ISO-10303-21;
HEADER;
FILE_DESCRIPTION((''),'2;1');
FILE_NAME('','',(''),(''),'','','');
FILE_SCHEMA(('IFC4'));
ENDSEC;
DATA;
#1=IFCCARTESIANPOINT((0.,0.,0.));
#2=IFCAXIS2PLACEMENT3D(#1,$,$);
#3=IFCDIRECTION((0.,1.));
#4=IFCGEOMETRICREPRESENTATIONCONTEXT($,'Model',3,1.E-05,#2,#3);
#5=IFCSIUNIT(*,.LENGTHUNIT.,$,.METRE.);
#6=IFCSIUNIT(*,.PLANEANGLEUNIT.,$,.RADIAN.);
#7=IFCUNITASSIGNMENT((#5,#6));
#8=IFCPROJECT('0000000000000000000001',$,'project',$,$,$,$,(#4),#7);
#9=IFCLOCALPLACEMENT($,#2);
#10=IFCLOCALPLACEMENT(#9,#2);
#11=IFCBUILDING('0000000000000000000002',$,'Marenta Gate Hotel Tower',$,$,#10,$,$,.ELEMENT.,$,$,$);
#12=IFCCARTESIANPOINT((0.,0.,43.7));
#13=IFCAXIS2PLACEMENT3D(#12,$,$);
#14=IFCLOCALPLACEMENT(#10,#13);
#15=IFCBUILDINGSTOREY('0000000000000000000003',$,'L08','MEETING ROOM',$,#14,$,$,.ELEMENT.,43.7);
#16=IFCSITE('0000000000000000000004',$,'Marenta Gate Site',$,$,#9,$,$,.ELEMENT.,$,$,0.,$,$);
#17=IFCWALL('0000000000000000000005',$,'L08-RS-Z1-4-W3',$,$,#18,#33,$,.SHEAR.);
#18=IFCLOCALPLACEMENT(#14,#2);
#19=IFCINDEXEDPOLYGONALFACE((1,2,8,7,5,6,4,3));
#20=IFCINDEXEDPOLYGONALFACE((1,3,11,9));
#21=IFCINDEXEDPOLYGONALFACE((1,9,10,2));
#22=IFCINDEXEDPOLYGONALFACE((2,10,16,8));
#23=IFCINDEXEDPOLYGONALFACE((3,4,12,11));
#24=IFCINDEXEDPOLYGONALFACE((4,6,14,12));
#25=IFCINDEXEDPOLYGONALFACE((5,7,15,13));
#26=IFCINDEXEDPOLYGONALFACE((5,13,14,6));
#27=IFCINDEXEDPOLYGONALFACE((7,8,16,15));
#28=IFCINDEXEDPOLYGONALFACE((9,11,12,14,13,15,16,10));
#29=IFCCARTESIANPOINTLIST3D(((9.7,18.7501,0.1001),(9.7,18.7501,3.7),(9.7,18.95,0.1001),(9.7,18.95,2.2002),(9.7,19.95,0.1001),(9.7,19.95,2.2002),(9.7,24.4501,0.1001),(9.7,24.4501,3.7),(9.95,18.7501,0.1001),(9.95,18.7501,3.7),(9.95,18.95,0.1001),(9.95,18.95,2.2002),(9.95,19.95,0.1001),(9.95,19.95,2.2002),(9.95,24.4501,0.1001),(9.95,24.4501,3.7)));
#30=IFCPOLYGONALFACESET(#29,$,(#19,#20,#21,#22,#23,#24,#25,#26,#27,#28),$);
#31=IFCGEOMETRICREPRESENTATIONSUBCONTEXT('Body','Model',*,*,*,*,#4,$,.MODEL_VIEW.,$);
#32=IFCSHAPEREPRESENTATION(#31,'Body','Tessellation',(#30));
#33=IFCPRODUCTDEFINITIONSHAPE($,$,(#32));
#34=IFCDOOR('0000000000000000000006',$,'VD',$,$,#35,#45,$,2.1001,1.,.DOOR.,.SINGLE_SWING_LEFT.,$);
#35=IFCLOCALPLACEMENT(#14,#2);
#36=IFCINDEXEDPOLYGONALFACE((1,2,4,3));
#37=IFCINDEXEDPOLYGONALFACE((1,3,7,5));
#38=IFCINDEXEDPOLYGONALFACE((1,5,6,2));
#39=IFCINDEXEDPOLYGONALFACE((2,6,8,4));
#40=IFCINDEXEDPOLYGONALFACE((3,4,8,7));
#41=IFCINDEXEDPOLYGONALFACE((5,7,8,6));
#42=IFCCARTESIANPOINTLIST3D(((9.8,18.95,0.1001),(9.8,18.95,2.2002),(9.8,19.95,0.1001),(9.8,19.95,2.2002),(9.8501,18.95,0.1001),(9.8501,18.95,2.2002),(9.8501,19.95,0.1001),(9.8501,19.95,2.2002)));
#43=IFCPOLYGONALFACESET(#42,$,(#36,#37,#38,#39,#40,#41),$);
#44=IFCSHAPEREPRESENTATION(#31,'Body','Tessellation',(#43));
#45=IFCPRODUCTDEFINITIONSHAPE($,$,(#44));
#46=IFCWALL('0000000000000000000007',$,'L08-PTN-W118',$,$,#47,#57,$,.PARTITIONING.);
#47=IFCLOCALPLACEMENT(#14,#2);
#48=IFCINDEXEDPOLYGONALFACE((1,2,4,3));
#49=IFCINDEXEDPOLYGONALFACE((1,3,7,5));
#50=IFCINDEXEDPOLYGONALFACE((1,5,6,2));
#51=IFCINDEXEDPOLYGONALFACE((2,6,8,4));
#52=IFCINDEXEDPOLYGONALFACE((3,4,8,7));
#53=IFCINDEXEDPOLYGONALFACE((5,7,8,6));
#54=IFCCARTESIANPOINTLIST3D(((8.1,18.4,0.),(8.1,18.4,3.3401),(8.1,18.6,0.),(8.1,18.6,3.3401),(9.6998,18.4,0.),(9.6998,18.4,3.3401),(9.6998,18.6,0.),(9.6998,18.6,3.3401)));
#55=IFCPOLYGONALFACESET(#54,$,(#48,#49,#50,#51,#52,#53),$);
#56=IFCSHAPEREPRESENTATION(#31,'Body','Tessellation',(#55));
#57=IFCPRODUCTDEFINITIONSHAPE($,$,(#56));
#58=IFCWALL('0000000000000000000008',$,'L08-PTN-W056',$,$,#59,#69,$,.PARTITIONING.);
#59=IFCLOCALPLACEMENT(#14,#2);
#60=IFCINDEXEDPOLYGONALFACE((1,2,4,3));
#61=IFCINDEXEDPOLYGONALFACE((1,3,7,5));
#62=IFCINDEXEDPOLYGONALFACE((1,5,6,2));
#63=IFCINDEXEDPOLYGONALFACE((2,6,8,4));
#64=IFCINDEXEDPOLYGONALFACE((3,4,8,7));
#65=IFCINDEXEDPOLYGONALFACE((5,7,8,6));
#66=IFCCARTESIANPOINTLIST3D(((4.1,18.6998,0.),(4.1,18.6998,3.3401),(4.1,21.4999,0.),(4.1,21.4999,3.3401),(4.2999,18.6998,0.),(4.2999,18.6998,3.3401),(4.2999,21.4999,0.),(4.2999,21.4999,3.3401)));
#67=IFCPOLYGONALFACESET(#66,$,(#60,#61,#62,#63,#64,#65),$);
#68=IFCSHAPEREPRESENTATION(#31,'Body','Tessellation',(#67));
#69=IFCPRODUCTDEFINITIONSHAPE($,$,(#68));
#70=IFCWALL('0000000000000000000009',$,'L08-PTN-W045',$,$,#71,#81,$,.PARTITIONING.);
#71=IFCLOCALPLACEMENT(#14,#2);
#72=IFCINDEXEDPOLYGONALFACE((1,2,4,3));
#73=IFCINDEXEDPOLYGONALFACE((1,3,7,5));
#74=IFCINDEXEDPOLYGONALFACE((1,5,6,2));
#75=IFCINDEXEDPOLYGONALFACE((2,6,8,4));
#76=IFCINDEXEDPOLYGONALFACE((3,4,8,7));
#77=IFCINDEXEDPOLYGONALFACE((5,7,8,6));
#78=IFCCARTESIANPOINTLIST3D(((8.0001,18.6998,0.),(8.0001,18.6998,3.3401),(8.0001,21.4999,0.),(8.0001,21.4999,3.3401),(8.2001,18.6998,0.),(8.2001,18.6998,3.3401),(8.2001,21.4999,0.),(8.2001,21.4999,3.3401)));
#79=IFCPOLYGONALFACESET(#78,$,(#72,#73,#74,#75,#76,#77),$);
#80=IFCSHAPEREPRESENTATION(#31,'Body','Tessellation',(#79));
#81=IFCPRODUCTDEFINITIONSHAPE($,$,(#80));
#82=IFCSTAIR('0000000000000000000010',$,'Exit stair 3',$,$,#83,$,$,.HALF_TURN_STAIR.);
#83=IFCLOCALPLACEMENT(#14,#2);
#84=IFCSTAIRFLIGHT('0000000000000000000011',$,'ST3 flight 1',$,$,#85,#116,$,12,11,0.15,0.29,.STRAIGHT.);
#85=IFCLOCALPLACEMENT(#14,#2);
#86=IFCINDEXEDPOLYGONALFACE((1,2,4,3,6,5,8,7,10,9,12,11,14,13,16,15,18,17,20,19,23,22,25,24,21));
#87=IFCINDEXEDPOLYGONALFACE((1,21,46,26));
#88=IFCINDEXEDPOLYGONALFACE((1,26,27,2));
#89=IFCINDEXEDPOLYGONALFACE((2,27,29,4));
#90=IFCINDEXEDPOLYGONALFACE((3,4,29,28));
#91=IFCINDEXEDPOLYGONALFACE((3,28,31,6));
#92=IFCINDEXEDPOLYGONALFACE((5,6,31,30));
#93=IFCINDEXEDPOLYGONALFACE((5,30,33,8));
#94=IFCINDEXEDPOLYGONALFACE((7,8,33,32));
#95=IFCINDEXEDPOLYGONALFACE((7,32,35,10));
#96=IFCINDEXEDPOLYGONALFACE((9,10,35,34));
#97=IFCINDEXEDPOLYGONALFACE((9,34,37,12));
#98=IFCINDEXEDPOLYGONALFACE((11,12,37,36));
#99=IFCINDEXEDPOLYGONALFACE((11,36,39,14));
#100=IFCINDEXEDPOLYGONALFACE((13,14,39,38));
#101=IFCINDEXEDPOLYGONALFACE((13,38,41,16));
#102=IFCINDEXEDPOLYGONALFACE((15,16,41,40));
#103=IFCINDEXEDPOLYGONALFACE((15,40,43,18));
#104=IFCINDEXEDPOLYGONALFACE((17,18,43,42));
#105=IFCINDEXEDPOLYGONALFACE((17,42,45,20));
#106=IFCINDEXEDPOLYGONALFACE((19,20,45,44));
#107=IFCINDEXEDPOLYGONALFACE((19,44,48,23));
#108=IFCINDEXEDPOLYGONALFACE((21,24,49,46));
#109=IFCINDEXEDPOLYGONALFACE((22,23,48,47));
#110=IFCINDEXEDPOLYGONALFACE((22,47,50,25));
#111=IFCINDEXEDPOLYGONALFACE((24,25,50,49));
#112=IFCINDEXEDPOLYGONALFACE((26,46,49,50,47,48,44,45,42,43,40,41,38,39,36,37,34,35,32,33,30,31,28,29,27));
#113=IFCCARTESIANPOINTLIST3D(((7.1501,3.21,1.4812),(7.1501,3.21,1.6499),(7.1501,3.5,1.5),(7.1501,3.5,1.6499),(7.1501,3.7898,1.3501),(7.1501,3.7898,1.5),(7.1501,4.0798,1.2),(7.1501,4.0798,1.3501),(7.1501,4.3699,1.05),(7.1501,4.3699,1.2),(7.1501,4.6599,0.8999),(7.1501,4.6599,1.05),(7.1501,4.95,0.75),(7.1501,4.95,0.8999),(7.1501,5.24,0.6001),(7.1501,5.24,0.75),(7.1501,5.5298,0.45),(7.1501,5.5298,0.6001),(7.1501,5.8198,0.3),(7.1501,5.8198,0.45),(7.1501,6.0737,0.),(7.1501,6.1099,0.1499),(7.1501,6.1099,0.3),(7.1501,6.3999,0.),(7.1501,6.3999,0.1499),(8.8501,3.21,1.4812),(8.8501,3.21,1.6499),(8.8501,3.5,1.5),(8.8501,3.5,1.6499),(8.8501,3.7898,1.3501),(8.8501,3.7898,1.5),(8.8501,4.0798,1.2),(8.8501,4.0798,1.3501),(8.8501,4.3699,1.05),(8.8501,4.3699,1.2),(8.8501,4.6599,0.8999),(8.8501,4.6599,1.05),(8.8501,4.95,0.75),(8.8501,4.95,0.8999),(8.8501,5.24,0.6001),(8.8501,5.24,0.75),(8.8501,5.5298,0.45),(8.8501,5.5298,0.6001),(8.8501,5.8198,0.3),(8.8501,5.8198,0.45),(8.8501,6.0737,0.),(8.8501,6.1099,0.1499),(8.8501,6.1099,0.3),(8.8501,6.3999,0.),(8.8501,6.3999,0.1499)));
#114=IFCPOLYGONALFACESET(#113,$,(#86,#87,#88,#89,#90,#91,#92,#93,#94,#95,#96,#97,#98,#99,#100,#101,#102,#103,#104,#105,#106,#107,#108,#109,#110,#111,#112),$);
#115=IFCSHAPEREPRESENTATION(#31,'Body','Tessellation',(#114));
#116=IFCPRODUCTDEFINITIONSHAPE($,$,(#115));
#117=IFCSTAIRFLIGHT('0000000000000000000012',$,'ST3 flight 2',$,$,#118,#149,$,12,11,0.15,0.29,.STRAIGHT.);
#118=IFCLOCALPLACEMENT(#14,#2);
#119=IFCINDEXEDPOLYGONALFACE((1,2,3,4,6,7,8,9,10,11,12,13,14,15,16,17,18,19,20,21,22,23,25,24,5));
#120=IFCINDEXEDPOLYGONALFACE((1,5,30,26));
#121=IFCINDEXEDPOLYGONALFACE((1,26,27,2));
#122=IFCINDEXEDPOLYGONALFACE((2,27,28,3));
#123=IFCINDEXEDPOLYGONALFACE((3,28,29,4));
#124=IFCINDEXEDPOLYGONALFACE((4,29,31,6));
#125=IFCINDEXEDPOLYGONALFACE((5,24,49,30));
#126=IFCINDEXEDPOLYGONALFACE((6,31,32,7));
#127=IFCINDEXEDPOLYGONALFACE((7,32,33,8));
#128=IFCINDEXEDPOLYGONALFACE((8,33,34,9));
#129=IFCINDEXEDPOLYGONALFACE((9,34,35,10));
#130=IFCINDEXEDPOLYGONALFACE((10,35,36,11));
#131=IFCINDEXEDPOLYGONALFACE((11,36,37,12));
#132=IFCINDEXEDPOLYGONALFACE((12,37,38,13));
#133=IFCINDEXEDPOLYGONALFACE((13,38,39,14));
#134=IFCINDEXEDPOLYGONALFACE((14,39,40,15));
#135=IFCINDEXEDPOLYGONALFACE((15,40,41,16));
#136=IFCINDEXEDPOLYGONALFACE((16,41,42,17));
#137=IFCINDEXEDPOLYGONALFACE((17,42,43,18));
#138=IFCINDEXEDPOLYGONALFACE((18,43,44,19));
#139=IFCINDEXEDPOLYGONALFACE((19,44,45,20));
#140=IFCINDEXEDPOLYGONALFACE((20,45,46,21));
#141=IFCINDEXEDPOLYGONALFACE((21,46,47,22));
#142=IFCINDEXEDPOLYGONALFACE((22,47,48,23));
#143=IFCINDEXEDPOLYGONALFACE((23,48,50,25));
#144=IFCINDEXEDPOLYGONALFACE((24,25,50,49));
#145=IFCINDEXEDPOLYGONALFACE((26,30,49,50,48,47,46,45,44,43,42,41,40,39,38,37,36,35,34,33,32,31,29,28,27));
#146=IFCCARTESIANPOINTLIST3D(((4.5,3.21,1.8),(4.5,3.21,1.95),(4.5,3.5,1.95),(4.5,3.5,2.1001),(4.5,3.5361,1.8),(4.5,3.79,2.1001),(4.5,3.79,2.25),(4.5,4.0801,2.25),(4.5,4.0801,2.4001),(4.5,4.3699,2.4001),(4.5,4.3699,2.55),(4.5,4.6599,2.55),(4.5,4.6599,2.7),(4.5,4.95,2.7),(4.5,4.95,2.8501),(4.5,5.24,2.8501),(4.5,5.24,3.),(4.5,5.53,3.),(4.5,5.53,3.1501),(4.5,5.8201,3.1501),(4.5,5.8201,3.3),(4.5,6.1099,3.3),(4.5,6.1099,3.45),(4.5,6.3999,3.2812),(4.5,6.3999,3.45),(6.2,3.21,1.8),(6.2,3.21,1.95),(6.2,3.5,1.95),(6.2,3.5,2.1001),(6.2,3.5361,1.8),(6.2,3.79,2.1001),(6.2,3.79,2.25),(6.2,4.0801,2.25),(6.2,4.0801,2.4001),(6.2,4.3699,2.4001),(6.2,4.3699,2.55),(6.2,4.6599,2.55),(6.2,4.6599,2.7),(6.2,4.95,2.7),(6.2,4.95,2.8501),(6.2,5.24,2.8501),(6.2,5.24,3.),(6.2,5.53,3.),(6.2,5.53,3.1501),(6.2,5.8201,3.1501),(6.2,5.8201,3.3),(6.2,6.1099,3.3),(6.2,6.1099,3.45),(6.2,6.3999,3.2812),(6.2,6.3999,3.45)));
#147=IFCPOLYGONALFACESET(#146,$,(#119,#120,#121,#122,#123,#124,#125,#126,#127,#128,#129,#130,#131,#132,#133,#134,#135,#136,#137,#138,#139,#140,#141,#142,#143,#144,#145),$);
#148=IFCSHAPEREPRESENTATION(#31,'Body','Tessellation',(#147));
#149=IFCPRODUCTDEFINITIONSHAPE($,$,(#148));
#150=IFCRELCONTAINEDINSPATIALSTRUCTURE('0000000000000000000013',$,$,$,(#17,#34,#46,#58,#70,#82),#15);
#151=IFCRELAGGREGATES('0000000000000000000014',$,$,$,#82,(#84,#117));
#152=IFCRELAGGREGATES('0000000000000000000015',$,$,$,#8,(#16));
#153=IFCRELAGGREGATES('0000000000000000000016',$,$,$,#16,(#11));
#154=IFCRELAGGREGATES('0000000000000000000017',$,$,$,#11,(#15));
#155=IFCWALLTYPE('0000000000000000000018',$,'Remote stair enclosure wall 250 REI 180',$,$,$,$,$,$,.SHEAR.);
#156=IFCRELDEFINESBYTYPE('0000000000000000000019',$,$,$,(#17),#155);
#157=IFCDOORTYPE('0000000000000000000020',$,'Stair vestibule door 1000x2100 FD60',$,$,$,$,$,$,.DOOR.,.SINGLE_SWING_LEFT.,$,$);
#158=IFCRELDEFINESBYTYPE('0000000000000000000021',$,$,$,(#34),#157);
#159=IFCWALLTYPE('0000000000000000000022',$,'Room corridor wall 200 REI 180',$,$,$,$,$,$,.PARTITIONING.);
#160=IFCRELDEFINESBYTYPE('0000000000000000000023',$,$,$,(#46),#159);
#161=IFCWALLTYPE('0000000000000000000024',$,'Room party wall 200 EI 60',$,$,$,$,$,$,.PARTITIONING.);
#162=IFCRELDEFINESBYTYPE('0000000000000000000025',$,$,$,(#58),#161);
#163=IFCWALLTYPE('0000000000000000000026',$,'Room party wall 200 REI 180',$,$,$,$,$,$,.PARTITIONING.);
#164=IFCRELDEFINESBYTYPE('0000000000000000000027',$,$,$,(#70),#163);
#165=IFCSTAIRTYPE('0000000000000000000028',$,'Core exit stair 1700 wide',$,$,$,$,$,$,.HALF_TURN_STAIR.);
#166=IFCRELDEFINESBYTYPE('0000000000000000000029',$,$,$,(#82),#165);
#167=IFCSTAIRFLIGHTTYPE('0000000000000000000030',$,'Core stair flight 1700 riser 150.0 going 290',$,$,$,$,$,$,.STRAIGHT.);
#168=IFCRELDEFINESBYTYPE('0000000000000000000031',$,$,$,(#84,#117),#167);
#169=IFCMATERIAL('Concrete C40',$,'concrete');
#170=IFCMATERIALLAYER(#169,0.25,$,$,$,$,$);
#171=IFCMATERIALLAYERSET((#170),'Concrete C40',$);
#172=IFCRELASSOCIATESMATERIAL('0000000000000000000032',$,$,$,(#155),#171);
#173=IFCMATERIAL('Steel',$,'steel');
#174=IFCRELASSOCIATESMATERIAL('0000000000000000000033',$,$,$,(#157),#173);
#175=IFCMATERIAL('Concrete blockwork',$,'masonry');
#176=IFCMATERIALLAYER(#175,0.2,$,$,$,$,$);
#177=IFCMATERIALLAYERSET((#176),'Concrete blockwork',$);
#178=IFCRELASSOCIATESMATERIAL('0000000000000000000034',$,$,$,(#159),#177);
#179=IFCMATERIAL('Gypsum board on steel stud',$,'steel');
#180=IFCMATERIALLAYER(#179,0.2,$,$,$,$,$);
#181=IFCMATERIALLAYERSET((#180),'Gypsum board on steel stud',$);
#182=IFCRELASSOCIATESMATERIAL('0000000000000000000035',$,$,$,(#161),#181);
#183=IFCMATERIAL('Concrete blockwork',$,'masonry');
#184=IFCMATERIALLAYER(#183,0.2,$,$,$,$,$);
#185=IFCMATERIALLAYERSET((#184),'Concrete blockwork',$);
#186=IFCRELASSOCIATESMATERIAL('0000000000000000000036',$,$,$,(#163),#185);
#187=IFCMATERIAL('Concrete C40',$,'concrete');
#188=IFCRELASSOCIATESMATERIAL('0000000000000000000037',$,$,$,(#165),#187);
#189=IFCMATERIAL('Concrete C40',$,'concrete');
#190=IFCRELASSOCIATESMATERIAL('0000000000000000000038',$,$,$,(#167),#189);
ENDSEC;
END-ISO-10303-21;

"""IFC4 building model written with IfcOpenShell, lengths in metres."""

from ifc_helpers import new_model, si_unit, direction, frame, frame_2d, origin, place, context, subcontext, project, spatial, polyline, rectangle, outline, extrude, material, layer, layer_set, type_object, element, fill, aggregate, save


model = new_model("IFC4")

# Units and contexts
model_context = context("Model", 3, precision=1e-05, world=origin(), true_north=direction((0.0, 1.0)))
body_context = subcontext(model_context, "Body", "Model", "MODEL_VIEW")
ifc_project = project(units=[si_unit("LENGTHUNIT", "METRE"), si_unit("PLANEANGLEUNIT", "RADIAN")], contexts=[model_context])

# Site, building, storey
site_placement = place(None, origin())
site = spatial("IfcSite", under=ifc_project, at=site_placement, Name="Marenta Gate Site", CompositionType="ELEMENT", RefElevation=0.0)
building_placement = place(site_placement, origin())
building = spatial("IfcBuilding", under=site, at=building_placement, Name="Marenta Gate Hotel Tower", CompositionType="ELEMENT")
storey_placement = place(building_placement, frame((0.0, 0.0, 43.7)))
storey = spatial("IfcBuildingStorey", under=building, at=storey_placement, Name="L08", Description="MEETING ROOM", CompositionType="ELEMENT", Elevation=43.7)

# Shared definitions
ifc_material_1 = material(Name="Concrete C40", Category="concrete")
ifc_layer_1 = layer(ifc_material_1, 0.25)
ifc_layer_set_1 = layer_set([ifc_layer_1], Name="Concrete C40")
wall_type_1 = type_object("IfcWallType", Name="Remote stair enclosure wall 250 REI 180", PredefinedType="SHEAR", material=ifc_layer_set_1)

# Wall, opening, door
wall_1_placement = place(storey_placement, frame((9.825, 18.75, 0.1001), z_axis=(0.0, 0.0, 1.0), x_axis=(0.0, 1.0, 0.0)))
wall_1 = element("IfcWall", 1, at=wall_1_placement, inside=storey, type_object=wall_type_1, Name="L08-RS-Z1-4-W3", PredefinedType="SHEAR", context=body_context, shape_type="SweptSolid", body=[
    extrude(rectangle(XDim=5.7, YDim=0.25, at=frame_2d((2.8501, 0.0))), origin(), (0.0, 0.0, 1.0), 3.5999),
])
opening_1_placement = place(wall_1_placement, frame((0.2, 0.0, 0.0)))
opening_1 = element("IfcOpeningElement", 2, at=opening_1_placement, cuts=wall_1, PredefinedType="OPENING", context=body_context, shape_type="SweptSolid", body=[
    extrude(rectangle(XDim=1.0, YDim=2.1001, at=frame_2d((0.5, 1.05))), frame((0.0, 0.125, 0.0), z_axis=(0.0, -1.0, 0.0), x_axis=(1.0, 0.0, 0.0)), (0.0, 0.0, 1.0), 0.25),
])
ifc_material_2 = material(Name="Steel", Category="steel")
door_type_1 = type_object("IfcDoorType", Name="Stair vestibule door 1000x2100 FD60", OperationType="SINGLE_SWING_LEFT", PredefinedType="DOOR", material=ifc_material_2)
door_1_placement = place(opening_1_placement, origin())
door_1 = element("IfcDoor", 3, at=door_1_placement, inside=storey, type_object=door_type_1, Name="VD", OperationType="SINGLE_SWING_LEFT", OverallHeight=2.1001, OverallWidth=1.0, PredefinedType="DOOR", context=body_context, shape_type="SweptSolid", body=[
    extrude(rectangle(XDim=1.0, YDim=2.1001, at=frame_2d((0.5, 1.05))), frame((0.0, 0.0249, 0.0), z_axis=(0.0, -1.0, 0.0), x_axis=(1.0, 0.0, 0.0)), (0.0, 0.0, 1.0), 0.05),
])
fill(opening_1, door_1)

# Walls
ifc_material_3 = material(Name="Concrete blockwork", Category="masonry")
ifc_layer_2 = layer(ifc_material_3, 0.2)
ifc_layer_set_2 = layer_set([ifc_layer_2], Name="Concrete blockwork")
wall_type_2 = type_object("IfcWallType", Name="Room corridor wall 200 REI 180", PredefinedType="PARTITIONING", material=ifc_layer_set_2)
wall_2_placement = place(storey_placement, frame((8.1001, 18.5, 0.0), z_axis=(0.0, 0.0, 1.0), x_axis=(1.0, 0.0, 0.0)))
element("IfcWall", 4, at=wall_2_placement, inside=storey, type_object=wall_type_2, Name="L08-PTN-W118", PredefinedType="PARTITIONING", context=body_context, shape_type="SweptSolid", body=[
    extrude(rectangle(XDim=1.5999, YDim=0.2, at=frame_2d((0.7998, 0.0))), origin(), (0.0, 0.0, 1.0), 3.3401),
])
ifc_material_4 = material(Name="Gypsum board on steel stud", Category="steel")
ifc_layer_3 = layer(ifc_material_4, 0.2)
ifc_layer_set_3 = layer_set([ifc_layer_3], Name="Gypsum board on steel stud")
wall_type_3 = type_object("IfcWallType", Name="Room party wall 200 EI 60", PredefinedType="PARTITIONING", material=ifc_layer_set_3)
wall_3_placement = place(storey_placement, frame((4.2, 18.7, 0.0), z_axis=(0.0, 0.0, 1.0), x_axis=(0.0, 1.0, 0.0)))
element("IfcWall", 5, at=wall_3_placement, inside=storey, type_object=wall_type_3, Name="L08-PTN-W056", PredefinedType="PARTITIONING", context=body_context, shape_type="SweptSolid", body=[
    extrude(rectangle(XDim=2.8, YDim=0.2, at=frame_2d((1.3999, 0.0))), origin(), (0.0, 0.0, 1.0), 3.3401),
])
ifc_material_5 = material(Name="Concrete blockwork", Category="masonry")
ifc_layer_4 = layer(ifc_material_5, 0.2)
ifc_layer_set_4 = layer_set([ifc_layer_4], Name="Concrete blockwork")
wall_type_4 = type_object("IfcWallType", Name="Room party wall 200 REI 180", PredefinedType="PARTITIONING", material=ifc_layer_set_4)
wall_4_placement = place(storey_placement, frame((8.1001, 18.7, 0.0), z_axis=(0.0, 0.0, 1.0), x_axis=(0.0, 1.0, 0.0)))
element("IfcWall", 6, at=wall_4_placement, inside=storey, type_object=wall_type_4, Name="L08-PTN-W045", PredefinedType="PARTITIONING", context=body_context, shape_type="SweptSolid", body=[
    extrude(rectangle(XDim=2.8, YDim=0.2, at=frame_2d((1.3999, 0.0))), origin(), (0.0, 0.0, 1.0), 3.3401),
])

# Stair, stair flights
ifc_material_6 = material(Name="Concrete C40", Category="concrete")
stair_type = type_object("IfcStairType", Name="Core exit stair 1700 wide", PredefinedType="HALF_TURN_STAIR", material=ifc_material_6)
stair_1_placement = place(storey_placement, origin())
stair_1 = element("IfcStair", 7, at=stair_1_placement, inside=storey, type_object=stair_type, Name="Exit stair 3", PredefinedType="HALF_TURN_STAIR")
ifc_material_7 = material(Name="Concrete C40", Category="concrete")
stair_flight_type = type_object("IfcStairFlightType", Name="Core stair flight 1700 riser 150.0 going 290", PredefinedType="STRAIGHT", material=ifc_material_7)
stair_flight_1_placement = place(storey_placement, frame((8.0, 6.3999, 0.0), z_axis=(0.0, 0.0, 1.0), x_axis=(0.0, -1.0, 0.0)))
stair_flight_1 = element("IfcStairFlight", 8, at=stair_flight_1_placement, type_object=stair_flight_type, Name="ST3 flight 1", NumberOfRisers=12, NumberOfTreads=11, PredefinedType="STRAIGHT", RiserHeight=0.15, TreadLength=0.29, context=body_context, shape_type="SweptSolid", body=[
    extrude(outline(polyline([(0.0, 0.0), (0.0, 0.1499), (0.29, 0.1499), (0.29, 0.3), (0.5801, 0.3), (0.5801, 0.45), (0.8701, 0.45), (0.8701, 0.6001), (1.1599, 0.6001), (1.1599, 0.75), (1.45, 0.75), (1.45, 0.8999), (1.74, 0.8999), (1.74, 1.05), (2.03, 1.05), (2.03, 1.2), (2.3201, 1.2), (2.3201, 1.3501), (2.6101, 1.3501), (2.6101, 1.5), (2.8999, 1.5), (2.8999, 1.6499), (3.1899, 1.6499), (3.1899, 1.8), (3.1899, 1.4812), (0.3262, 0.0), (0.0, 0.0)])), frame((0.0, 0.8501, 0.0), z_axis=(0.0, -1.0, 0.0), x_axis=(1.0, 0.0, 0.0)), (0.0, 0.0, 1.0), 1.7),
])
stair_flight_2_placement = place(storey_placement, frame((5.3501, 3.21, 1.8), z_axis=(0.0, 0.0, 1.0), x_axis=(0.0, 1.0, 0.0)))
stair_flight_2 = element("IfcStairFlight", 9, at=stair_flight_2_placement, type_object=stair_flight_type, Name="ST3 flight 2", NumberOfRisers=12, NumberOfTreads=11, PredefinedType="STRAIGHT", RiserHeight=0.15, TreadLength=0.29, context=body_context, shape_type="SweptSolid", body=[
    extrude(outline(polyline([(0.0, 0.0), (0.0, 0.1499), (0.29, 0.1499), (0.29, 0.3), (0.5801, 0.3), (0.5801, 0.45), (0.8701, 0.45), (0.8701, 0.6001), (1.1599, 0.6001), (1.1599, 0.75), (1.45, 0.75), (1.45, 0.8999), (1.74, 0.8999), (1.74, 1.05), (2.03, 1.05), (2.03, 1.2), (2.3201, 1.2), (2.3201, 1.3501), (2.6101, 1.3501), (2.6101, 1.5), (2.8999, 1.5), (2.8999, 1.6499), (3.1899, 1.6499), (3.1899, 1.8), (3.1899, 1.4812), (0.3262, 0.0), (0.0, 0.0)])), frame((0.0, 0.8501, 0.0), z_axis=(0.0, -1.0, 0.0), x_axis=(1.0, 0.0, 0.0)), (0.0, 0.0, 1.0), 1.7),
])
aggregate(stair_1, [stair_flight_1, stair_flight_2])

save(model, "model.ifc")
